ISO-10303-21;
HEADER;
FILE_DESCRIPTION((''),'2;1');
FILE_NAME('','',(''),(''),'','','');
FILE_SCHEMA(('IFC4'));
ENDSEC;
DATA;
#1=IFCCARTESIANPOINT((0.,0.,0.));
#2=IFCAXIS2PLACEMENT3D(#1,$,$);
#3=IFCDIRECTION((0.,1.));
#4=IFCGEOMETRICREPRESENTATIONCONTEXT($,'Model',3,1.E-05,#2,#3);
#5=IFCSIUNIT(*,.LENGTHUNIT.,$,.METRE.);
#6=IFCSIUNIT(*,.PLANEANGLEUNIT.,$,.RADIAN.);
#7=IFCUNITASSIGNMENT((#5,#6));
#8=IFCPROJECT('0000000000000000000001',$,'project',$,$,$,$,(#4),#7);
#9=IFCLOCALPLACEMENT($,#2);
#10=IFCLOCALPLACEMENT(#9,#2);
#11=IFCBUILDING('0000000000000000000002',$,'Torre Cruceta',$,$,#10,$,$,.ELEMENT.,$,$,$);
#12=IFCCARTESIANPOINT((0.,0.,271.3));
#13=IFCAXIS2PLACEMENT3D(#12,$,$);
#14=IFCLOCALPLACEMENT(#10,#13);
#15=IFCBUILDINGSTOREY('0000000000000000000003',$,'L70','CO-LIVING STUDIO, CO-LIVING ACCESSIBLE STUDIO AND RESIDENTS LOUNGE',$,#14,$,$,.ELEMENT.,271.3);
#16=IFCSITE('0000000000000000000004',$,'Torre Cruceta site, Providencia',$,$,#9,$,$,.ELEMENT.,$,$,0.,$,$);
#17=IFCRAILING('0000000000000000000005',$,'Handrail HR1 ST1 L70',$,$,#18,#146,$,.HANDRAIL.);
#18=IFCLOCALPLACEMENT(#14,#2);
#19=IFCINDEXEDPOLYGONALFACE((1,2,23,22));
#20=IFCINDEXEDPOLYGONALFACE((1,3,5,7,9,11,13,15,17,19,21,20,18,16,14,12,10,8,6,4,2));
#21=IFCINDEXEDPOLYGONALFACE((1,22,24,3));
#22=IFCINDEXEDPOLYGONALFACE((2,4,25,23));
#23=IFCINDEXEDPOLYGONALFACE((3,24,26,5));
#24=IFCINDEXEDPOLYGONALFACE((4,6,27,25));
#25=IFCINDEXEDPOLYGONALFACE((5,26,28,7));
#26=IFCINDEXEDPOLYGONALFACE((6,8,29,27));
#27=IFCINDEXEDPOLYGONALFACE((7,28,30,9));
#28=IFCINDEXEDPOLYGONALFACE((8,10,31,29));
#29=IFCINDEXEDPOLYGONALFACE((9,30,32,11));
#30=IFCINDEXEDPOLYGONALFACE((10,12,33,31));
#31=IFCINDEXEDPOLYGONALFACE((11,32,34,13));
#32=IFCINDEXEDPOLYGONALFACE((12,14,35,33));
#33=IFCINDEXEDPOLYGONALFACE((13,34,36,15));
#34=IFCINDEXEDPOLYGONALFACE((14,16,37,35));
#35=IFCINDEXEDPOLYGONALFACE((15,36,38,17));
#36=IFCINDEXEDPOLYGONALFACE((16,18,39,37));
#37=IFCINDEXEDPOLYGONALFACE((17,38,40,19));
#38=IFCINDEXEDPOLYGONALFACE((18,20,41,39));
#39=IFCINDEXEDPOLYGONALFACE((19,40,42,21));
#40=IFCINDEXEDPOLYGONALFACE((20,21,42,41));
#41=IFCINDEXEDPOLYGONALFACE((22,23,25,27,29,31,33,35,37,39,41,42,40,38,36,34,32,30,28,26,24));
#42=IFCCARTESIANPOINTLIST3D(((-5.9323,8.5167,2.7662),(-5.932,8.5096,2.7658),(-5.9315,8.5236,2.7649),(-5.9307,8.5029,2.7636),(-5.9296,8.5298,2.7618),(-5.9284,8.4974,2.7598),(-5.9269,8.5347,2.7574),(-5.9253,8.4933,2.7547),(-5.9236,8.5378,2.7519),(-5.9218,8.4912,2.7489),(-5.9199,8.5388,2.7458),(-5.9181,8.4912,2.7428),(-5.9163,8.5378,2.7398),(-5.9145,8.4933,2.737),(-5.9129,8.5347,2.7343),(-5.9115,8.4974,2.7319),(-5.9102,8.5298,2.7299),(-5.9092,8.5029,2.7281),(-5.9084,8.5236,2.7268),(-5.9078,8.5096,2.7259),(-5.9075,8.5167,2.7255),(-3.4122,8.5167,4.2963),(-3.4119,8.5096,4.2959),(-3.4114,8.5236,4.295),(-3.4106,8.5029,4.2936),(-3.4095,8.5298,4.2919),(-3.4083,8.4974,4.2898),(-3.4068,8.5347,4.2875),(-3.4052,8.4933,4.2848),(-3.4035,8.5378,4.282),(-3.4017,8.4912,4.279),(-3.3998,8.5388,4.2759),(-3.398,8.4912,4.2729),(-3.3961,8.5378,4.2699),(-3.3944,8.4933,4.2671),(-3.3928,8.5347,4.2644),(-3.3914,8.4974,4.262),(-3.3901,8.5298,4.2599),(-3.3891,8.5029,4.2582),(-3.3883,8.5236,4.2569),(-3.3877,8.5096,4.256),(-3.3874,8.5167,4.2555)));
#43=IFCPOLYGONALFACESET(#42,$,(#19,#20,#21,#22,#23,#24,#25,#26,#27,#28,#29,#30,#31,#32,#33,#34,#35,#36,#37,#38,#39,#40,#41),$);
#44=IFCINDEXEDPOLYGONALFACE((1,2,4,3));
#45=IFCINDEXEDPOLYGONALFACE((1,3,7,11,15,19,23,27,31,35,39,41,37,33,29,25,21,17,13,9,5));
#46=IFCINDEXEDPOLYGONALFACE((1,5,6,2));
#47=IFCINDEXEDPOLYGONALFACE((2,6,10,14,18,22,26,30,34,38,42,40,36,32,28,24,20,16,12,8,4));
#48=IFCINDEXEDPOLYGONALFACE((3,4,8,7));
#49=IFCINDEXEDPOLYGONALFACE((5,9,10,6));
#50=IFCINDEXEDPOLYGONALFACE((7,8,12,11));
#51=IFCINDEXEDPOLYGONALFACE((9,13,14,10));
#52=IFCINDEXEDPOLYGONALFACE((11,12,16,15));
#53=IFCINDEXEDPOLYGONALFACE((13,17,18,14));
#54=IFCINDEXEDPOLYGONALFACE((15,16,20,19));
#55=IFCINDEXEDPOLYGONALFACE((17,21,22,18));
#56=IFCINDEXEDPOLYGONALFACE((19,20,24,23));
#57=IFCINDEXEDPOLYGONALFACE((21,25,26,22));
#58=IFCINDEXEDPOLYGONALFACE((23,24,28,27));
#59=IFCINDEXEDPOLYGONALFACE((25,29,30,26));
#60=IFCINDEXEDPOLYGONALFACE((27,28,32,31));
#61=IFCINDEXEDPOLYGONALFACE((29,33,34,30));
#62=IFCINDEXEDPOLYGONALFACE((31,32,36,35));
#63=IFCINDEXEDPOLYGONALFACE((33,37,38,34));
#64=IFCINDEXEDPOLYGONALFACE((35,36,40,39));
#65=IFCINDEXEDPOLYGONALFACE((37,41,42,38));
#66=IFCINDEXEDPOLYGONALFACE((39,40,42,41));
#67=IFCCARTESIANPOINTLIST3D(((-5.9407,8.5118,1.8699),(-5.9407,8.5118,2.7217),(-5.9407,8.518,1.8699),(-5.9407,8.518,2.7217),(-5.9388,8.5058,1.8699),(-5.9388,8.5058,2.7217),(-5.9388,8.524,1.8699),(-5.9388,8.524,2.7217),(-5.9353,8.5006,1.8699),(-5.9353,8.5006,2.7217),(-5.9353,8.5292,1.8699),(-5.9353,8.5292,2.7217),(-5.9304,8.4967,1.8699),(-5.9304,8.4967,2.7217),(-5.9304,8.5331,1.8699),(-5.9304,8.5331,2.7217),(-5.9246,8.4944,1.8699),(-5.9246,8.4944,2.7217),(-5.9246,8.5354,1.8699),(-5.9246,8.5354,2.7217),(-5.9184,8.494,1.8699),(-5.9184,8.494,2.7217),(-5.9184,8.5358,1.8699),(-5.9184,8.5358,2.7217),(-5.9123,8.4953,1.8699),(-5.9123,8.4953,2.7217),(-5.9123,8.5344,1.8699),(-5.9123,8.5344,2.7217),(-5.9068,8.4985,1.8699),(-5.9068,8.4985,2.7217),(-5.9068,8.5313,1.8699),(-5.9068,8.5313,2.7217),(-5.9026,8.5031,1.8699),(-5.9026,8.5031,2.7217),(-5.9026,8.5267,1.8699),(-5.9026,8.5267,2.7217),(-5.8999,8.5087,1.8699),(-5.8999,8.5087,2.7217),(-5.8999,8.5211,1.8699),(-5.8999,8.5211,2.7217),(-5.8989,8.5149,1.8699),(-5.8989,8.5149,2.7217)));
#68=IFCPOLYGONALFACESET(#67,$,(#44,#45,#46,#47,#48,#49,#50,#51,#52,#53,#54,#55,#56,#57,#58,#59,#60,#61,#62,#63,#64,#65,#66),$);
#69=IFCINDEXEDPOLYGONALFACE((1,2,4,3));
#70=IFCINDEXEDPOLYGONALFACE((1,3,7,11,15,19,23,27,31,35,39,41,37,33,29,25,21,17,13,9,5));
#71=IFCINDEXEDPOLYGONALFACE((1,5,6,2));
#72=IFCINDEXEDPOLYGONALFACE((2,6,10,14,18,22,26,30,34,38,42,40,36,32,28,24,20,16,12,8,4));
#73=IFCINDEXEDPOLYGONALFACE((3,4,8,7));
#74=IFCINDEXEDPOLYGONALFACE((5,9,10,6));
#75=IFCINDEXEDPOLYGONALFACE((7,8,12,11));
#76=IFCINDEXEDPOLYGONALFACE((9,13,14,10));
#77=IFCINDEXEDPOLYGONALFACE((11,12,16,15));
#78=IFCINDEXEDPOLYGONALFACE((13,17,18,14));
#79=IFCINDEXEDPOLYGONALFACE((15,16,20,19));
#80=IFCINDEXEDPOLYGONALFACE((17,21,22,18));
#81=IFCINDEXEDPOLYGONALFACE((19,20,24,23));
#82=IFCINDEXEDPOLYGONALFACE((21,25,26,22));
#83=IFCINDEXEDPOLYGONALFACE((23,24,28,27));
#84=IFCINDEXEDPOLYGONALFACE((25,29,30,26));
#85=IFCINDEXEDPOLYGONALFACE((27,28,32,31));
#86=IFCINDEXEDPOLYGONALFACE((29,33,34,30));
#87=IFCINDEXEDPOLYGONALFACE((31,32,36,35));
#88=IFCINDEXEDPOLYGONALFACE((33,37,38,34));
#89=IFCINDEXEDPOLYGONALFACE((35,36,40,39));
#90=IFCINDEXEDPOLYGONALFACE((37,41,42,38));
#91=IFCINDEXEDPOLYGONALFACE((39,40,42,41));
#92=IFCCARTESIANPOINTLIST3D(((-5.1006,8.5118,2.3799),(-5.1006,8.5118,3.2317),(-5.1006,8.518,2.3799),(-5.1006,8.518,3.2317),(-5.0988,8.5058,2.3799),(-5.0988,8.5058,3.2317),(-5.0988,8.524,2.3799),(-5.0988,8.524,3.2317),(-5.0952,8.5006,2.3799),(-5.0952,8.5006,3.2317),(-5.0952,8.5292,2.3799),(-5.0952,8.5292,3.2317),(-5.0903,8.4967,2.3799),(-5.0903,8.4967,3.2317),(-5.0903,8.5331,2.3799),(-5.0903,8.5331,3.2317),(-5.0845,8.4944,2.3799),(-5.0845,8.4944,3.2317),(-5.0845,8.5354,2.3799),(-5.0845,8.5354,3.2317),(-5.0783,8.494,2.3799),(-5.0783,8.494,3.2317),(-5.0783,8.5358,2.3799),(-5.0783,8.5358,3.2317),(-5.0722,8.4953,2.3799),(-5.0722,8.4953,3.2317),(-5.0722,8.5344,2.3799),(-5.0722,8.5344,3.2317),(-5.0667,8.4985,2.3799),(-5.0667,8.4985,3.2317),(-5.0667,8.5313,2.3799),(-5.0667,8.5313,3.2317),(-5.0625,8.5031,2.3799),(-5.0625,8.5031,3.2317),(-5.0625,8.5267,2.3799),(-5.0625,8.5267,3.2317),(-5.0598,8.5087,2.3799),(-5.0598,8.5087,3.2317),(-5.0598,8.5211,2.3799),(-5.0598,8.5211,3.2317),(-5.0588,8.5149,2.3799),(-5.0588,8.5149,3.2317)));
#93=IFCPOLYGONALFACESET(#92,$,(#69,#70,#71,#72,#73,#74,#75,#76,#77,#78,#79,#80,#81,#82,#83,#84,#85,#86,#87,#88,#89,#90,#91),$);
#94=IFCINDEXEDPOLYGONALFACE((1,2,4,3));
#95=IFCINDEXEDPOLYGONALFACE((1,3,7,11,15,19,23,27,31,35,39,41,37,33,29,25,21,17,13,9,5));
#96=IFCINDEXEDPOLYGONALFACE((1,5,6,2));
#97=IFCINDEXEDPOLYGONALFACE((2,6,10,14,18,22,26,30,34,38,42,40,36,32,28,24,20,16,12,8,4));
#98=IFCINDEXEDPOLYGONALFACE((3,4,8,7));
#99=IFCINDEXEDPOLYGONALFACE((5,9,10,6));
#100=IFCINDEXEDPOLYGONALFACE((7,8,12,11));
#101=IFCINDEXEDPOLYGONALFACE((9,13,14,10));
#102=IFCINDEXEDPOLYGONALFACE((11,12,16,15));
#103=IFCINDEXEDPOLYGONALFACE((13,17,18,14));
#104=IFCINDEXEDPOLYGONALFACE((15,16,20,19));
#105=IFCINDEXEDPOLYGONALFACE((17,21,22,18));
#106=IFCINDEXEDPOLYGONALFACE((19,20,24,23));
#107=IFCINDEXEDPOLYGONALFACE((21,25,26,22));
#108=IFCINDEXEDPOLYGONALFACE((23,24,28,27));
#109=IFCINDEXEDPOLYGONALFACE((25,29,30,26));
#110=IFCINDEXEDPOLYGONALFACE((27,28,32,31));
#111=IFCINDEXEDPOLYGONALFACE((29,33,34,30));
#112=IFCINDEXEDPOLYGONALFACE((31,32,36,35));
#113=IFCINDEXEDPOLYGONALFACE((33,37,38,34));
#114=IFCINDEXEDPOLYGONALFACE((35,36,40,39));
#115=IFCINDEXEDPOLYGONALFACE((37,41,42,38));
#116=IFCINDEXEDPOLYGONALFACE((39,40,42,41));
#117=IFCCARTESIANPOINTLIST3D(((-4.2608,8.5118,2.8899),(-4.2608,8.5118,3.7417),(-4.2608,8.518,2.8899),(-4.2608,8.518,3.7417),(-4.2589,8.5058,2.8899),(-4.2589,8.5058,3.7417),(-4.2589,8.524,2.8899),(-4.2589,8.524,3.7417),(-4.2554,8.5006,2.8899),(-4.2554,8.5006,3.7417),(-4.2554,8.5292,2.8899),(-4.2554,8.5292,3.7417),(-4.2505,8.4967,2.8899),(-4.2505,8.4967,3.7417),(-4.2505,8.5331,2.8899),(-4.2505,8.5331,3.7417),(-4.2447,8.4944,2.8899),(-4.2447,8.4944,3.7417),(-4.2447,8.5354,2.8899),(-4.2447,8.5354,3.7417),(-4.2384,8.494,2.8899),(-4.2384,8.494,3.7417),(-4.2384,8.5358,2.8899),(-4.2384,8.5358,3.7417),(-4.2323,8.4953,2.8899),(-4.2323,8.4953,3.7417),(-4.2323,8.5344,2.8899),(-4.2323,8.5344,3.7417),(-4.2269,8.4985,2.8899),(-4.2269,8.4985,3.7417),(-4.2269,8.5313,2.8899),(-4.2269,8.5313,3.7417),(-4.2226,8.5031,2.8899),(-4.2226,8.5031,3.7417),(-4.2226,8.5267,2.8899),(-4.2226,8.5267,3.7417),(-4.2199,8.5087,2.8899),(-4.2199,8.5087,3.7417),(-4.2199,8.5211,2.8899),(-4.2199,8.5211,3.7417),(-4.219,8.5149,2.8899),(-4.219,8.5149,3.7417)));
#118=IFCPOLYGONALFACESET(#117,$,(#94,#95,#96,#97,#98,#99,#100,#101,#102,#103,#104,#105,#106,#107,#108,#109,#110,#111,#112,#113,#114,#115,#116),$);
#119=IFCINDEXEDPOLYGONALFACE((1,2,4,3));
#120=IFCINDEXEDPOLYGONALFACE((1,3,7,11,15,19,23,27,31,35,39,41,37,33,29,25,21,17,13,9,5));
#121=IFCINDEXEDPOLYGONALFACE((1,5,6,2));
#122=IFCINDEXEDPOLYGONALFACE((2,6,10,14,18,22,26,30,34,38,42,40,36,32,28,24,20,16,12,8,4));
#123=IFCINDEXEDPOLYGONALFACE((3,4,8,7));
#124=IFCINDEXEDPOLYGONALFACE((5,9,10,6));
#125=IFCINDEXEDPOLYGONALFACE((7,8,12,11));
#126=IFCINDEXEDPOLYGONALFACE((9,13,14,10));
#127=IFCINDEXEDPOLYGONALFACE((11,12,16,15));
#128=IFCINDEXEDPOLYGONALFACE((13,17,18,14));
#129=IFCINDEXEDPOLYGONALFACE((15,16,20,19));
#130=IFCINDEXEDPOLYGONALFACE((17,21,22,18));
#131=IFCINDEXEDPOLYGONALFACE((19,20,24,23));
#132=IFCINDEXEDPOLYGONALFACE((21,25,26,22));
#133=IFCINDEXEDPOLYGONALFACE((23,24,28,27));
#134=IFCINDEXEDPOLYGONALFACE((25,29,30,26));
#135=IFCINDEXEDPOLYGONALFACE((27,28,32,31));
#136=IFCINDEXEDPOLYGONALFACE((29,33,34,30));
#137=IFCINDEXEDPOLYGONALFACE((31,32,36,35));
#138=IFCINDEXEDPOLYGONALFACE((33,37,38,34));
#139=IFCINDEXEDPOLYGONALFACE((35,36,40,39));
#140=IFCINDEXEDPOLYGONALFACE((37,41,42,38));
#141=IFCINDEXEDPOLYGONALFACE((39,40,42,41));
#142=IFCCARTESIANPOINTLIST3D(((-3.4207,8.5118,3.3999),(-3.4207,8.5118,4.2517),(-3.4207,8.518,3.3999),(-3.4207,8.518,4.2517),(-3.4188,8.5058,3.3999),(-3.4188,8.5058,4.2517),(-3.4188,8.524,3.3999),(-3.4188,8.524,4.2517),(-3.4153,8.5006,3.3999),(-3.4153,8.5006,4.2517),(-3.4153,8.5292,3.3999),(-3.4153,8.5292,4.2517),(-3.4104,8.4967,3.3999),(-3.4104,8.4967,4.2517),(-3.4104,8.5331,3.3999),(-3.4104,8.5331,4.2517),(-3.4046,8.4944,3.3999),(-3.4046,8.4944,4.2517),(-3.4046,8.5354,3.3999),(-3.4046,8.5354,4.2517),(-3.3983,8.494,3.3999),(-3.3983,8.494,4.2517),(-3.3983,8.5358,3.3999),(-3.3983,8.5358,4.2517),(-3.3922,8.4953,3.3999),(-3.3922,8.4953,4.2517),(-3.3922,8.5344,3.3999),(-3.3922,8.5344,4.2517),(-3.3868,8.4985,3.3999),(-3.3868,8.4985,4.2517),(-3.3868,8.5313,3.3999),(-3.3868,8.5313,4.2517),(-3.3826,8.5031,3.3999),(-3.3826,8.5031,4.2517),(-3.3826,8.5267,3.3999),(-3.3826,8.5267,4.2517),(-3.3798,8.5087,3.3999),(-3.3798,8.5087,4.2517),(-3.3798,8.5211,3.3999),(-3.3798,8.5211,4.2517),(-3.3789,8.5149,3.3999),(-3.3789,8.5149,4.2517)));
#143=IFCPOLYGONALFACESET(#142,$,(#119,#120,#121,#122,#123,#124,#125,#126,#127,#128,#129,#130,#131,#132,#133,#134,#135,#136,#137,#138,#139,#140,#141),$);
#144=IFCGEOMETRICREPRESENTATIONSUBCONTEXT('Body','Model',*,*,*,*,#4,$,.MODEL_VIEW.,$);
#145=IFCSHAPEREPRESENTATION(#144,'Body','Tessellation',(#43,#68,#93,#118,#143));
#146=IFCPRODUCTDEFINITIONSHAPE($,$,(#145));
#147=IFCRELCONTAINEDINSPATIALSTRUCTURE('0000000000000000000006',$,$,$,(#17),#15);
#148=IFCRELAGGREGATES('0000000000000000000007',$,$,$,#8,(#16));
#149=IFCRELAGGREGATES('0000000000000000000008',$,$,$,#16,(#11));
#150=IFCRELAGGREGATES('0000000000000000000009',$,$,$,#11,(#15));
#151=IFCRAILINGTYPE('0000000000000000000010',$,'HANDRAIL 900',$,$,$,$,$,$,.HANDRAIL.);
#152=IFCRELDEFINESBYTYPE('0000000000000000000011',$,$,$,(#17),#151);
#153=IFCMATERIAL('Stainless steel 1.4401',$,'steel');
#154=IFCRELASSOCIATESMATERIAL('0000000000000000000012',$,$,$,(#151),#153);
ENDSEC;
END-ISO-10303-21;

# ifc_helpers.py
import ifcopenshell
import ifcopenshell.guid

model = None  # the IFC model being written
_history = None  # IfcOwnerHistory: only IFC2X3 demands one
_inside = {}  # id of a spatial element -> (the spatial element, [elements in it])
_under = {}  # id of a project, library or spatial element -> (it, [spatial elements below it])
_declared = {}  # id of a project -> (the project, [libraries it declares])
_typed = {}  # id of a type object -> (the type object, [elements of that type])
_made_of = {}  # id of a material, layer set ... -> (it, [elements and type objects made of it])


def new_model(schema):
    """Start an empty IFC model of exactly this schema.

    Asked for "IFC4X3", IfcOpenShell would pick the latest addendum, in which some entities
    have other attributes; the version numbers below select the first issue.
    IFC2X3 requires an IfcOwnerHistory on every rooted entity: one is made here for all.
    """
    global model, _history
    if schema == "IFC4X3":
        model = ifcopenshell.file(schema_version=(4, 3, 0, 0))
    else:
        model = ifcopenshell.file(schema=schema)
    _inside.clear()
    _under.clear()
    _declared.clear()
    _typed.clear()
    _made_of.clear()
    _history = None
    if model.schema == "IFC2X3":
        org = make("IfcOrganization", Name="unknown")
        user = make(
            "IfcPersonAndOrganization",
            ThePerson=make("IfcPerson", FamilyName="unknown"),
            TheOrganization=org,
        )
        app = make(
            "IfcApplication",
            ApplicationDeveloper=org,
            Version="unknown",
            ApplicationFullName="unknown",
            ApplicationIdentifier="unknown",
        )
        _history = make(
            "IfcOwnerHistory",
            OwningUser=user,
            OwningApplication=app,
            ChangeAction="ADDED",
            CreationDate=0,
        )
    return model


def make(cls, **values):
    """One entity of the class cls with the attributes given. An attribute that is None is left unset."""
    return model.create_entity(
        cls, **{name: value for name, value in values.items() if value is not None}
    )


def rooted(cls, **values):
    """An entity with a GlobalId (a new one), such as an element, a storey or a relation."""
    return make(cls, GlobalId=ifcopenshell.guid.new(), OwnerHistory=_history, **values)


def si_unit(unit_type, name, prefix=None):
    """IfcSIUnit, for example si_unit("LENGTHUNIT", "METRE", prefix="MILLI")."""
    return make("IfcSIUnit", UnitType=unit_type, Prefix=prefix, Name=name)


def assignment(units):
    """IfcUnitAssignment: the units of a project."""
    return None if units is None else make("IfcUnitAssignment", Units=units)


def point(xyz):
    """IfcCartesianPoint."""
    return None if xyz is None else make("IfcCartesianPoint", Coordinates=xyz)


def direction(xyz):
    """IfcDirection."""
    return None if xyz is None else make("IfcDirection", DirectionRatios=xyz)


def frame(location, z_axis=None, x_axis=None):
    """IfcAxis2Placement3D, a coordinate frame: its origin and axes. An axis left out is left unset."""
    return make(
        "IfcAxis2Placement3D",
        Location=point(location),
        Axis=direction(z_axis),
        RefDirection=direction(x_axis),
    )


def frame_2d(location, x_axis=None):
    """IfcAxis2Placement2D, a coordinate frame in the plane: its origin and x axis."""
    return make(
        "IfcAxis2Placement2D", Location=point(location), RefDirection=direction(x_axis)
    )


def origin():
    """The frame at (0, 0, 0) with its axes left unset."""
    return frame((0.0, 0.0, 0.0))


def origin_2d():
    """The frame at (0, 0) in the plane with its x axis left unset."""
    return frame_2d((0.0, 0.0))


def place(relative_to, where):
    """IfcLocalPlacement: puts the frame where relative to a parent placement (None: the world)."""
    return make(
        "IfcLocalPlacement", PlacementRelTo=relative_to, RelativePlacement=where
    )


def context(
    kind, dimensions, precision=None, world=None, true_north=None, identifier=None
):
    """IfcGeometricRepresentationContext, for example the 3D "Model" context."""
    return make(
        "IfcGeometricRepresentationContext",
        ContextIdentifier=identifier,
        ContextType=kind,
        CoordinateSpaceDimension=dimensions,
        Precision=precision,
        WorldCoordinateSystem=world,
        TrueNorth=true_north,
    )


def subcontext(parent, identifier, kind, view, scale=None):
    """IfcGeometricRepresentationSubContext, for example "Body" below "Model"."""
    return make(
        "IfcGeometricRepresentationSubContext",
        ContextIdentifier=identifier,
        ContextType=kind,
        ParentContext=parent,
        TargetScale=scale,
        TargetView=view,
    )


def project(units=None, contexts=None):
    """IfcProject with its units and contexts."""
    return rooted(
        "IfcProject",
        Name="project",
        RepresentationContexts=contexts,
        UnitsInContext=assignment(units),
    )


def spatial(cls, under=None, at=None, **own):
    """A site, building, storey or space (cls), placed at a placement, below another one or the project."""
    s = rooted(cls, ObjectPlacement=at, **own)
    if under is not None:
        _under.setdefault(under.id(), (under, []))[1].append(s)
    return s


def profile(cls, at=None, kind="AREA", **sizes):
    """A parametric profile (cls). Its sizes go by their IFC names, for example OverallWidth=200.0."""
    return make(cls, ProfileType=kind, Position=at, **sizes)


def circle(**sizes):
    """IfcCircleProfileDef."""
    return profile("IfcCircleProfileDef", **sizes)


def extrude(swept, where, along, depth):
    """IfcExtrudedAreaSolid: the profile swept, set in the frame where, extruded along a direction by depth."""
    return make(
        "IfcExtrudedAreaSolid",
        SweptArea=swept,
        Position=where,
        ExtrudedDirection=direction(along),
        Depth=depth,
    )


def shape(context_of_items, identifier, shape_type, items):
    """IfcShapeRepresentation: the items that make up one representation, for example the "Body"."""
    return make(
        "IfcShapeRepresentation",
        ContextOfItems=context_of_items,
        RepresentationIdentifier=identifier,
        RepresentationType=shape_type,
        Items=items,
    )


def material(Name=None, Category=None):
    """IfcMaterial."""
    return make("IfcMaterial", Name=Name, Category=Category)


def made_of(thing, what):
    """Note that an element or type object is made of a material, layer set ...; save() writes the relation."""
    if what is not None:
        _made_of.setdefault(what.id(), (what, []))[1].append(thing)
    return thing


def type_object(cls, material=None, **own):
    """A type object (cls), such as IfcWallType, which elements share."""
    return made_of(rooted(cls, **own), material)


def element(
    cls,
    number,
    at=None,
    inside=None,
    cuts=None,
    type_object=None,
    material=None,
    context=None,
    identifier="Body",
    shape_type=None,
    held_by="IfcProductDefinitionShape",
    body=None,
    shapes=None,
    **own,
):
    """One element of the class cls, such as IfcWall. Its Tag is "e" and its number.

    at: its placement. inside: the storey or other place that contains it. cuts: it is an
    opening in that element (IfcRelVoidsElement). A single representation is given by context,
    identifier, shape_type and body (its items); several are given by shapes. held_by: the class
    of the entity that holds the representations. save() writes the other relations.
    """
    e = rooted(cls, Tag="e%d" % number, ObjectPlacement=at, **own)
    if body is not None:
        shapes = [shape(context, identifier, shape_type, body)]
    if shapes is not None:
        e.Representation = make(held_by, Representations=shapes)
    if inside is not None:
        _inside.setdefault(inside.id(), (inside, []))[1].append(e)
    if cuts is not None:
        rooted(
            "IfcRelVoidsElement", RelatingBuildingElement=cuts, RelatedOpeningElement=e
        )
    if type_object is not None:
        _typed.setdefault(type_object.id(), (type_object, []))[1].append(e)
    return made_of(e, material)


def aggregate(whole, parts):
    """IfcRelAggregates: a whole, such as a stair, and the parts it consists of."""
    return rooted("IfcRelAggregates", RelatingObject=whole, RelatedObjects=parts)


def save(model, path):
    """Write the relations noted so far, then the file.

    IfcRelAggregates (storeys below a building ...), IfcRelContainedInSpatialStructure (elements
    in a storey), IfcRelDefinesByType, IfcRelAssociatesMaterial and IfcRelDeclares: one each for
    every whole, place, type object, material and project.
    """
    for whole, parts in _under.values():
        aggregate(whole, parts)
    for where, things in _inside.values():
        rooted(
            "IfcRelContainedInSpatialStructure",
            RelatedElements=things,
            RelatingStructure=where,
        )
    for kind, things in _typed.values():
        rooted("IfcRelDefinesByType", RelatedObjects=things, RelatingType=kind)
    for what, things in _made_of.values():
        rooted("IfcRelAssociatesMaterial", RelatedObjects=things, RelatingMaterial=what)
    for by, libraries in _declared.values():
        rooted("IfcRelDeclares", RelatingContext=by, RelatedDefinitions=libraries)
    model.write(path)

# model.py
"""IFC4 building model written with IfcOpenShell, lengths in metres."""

from ifc_helpers import new_model, si_unit, direction, frame, origin, origin_2d, place, context, subcontext, project, spatial, circle, extrude, material, type_object, element, save


model = new_model("IFC4")

# Units and contexts
model_context = context("Model", 3, precision=1e-05, world=origin(), true_north=direction((0.0, 1.0)))
body_context = subcontext(model_context, "Body", "Model", "MODEL_VIEW")
ifc_project = project(units=[si_unit("LENGTHUNIT", "METRE"), si_unit("PLANEANGLEUNIT", "RADIAN")], contexts=[model_context])

# Site, building, storey
site_placement = place(None, origin())
site = spatial("IfcSite", under=ifc_project, at=site_placement, Name="Torre Cruceta site, Providencia", CompositionType="ELEMENT", RefElevation=0.0)
building_placement = place(site_placement, origin())
building = spatial("IfcBuilding", under=site, at=building_placement, Name="Torre Cruceta", CompositionType="ELEMENT")
storey_placement = place(building_placement, frame((0.0, 0.0, 271.3)))
storey = spatial("IfcBuildingStorey", under=building, at=storey_placement, Name="L70", Description="CO-LIVING STUDIO, CO-LIVING ACCESSIBLE STUDIO AND RESIDENTS LOUNGE", CompositionType="ELEMENT", Elevation=271.3)

# Railing
ifc_material_1 = material(Name="Stainless steel 1.4401", Category="steel")
railing_type = type_object("IfcRailingType", Name="HANDRAIL 900", PredefinedType="HANDRAIL", material=ifc_material_1)
railing_1_placement = place(storey_placement, frame((-5.9199, 8.5149, 1.8699)))
element("IfcRailing", 1, at=railing_1_placement, inside=storey, type_object=railing_type, Name="Handrail HR1 ST1 L70", PredefinedType="HANDRAIL", context=body_context, shape_type="SweptSolid", body=[
    extrude(circle(Radius=0.0239, at=origin_2d()), frame((0.0, 0.0, 0.876), z_axis=(0.854785, 0.0, 0.518982), x_axis=(0.0, 1.0, 0.0)), (0.0, 0.0, 1.0), 2.9482),
    extrude(circle(Radius=0.021, at=origin_2d()), origin(), (0.0, 0.0, 1.0), 0.8518),
    extrude(circle(Radius=0.021, at=origin_2d()), frame((0.8401, 0.0, 0.51)), (0.0, 0.0, 1.0), 0.8518),
    extrude(circle(Radius=0.021, at=origin_2d()), frame((1.6799, 0.0, 1.02)), (0.0, 0.0, 1.0), 0.8518),
    extrude(circle(Radius=0.021, at=origin_2d()), frame((2.52, 0.0, 1.53)), (0.0, 0.0, 1.0), 0.8518),
])

save(model, "model.ifc")
